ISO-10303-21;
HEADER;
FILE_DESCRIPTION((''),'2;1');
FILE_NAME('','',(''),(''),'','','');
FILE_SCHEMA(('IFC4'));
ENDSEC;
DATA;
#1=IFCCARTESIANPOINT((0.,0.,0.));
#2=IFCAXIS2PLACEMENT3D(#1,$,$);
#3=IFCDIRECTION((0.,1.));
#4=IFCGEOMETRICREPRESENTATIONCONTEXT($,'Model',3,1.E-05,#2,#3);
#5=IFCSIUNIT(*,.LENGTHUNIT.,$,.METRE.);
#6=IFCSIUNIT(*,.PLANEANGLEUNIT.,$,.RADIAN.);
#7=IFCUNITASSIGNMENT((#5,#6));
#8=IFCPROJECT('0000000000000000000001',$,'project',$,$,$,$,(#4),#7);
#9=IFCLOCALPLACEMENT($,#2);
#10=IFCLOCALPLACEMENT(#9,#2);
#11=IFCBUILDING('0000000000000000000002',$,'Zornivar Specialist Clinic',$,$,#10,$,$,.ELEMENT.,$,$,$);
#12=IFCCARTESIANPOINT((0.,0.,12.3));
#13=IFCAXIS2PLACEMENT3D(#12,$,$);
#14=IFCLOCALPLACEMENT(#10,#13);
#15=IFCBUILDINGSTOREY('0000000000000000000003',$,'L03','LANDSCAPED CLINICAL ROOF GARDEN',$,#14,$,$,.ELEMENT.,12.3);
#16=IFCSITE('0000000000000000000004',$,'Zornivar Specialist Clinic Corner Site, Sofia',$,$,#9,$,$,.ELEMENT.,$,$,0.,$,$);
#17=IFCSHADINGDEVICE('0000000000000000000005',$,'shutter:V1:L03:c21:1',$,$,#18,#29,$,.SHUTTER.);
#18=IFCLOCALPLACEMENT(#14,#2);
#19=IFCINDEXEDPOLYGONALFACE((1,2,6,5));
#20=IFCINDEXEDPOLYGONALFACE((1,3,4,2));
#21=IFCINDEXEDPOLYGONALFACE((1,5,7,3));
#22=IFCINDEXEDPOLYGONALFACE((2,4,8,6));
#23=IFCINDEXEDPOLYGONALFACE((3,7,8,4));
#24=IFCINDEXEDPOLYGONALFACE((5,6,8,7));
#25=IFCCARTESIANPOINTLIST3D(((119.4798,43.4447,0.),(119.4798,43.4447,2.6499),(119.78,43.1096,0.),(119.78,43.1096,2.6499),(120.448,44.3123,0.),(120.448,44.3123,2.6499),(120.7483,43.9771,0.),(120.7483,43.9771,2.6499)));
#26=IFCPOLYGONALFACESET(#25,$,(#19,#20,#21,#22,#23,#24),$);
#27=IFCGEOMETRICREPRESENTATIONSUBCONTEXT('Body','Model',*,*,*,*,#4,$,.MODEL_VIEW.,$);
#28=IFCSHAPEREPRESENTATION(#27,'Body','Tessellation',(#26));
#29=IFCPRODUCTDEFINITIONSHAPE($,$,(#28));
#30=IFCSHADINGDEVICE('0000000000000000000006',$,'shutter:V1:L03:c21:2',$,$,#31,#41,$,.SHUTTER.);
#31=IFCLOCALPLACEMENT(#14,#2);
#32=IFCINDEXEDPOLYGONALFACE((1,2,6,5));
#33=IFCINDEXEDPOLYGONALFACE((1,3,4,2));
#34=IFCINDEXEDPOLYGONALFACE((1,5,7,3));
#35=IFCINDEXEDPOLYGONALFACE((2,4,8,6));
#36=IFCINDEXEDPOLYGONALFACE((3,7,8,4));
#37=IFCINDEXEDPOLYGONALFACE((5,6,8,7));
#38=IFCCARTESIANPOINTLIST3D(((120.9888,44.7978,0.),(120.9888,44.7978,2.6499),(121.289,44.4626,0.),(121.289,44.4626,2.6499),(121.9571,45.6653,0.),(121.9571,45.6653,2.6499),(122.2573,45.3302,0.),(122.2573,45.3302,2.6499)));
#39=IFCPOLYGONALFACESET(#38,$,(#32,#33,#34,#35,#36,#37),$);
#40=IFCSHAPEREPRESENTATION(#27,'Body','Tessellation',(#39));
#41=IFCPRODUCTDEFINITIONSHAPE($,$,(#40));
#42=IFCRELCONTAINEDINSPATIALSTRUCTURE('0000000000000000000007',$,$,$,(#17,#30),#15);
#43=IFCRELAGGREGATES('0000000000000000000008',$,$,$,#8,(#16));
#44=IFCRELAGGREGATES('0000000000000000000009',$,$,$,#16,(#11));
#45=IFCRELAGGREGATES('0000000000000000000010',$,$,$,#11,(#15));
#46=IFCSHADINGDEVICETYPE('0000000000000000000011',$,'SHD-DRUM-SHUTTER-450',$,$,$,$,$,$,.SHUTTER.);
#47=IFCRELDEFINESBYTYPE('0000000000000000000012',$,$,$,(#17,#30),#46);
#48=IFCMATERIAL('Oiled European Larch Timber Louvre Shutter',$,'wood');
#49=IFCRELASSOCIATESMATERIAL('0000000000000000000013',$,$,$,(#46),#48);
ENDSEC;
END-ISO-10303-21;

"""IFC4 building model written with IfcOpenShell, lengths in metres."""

from ifc_helpers import new_model, si_unit, direction, frame, origin, origin_2d, place, context, subcontext, project, spatial, rectangle, extrude, material, type_object, element, save


model = new_model("IFC4")

# Units and contexts
model_context = context("Model", 3, precision=1e-05, world=origin(), true_north=direction((0.0, 1.0)))
body_context = subcontext(model_context, "Body", "Model", "MODEL_VIEW")
ifc_project = project(units=[si_unit("LENGTHUNIT", "METRE"), si_unit("PLANEANGLEUNIT", "RADIAN")], contexts=[model_context])

# Site, building, storey
site_placement = place(None, origin())
site = spatial("IfcSite", under=ifc_project, at=site_placement, Name="Zornivar Specialist Clinic Corner Site, Sofia", CompositionType="ELEMENT", RefElevation=0.0)
building_placement = place(site_placement, origin())
building = spatial("IfcBuilding", under=site, at=building_placement, Name="Zornivar Specialist Clinic", CompositionType="ELEMENT")
storey_placement = place(building_placement, frame((0.0, 0.0, 12.3)))
storey = spatial("IfcBuildingStorey", under=building, at=storey_placement, Name="L03", Description="LANDSCAPED CLINICAL ROOF GARDEN", CompositionType="ELEMENT", Elevation=12.3)

# Shading devices
ifc_material_1 = material(Name="Oiled European Larch Timber Louvre Shutter", Category="wood")
shading_device_type = type_object("IfcShadingDeviceType", Name="SHD-DRUM-SHUTTER-450", PredefinedType="SHUTTER", material=ifc_material_1)
for number, where, z_axis, x_axis, name in (
    (1, (120.114, 43.7109, 0.0), (0.0, 0.0, 1.0), (0.744797, 0.667291, 0.0), "shutter:V1:L03:c21:1"),
    (2, (121.623, 45.064, 0.0), (0.0, 0.0, 1.0), (0.744797, 0.667291, 0.0), "shutter:V1:L03:c21:2"),
):
    element("IfcShadingDevice", number, at=place(storey_placement, frame(where, z_axis=z_axis, x_axis=x_axis)), inside=storey, type_object=shading_device_type, Name=name, PredefinedType="SHUTTER", context=body_context, shape_type="SweptSolid", body=[
        extrude(rectangle(XDim=1.3, YDim=0.45, at=origin_2d()), origin(), (0.0, 0.0, 1.0), 2.6499),
    ])

save(model, "model.ifc")
